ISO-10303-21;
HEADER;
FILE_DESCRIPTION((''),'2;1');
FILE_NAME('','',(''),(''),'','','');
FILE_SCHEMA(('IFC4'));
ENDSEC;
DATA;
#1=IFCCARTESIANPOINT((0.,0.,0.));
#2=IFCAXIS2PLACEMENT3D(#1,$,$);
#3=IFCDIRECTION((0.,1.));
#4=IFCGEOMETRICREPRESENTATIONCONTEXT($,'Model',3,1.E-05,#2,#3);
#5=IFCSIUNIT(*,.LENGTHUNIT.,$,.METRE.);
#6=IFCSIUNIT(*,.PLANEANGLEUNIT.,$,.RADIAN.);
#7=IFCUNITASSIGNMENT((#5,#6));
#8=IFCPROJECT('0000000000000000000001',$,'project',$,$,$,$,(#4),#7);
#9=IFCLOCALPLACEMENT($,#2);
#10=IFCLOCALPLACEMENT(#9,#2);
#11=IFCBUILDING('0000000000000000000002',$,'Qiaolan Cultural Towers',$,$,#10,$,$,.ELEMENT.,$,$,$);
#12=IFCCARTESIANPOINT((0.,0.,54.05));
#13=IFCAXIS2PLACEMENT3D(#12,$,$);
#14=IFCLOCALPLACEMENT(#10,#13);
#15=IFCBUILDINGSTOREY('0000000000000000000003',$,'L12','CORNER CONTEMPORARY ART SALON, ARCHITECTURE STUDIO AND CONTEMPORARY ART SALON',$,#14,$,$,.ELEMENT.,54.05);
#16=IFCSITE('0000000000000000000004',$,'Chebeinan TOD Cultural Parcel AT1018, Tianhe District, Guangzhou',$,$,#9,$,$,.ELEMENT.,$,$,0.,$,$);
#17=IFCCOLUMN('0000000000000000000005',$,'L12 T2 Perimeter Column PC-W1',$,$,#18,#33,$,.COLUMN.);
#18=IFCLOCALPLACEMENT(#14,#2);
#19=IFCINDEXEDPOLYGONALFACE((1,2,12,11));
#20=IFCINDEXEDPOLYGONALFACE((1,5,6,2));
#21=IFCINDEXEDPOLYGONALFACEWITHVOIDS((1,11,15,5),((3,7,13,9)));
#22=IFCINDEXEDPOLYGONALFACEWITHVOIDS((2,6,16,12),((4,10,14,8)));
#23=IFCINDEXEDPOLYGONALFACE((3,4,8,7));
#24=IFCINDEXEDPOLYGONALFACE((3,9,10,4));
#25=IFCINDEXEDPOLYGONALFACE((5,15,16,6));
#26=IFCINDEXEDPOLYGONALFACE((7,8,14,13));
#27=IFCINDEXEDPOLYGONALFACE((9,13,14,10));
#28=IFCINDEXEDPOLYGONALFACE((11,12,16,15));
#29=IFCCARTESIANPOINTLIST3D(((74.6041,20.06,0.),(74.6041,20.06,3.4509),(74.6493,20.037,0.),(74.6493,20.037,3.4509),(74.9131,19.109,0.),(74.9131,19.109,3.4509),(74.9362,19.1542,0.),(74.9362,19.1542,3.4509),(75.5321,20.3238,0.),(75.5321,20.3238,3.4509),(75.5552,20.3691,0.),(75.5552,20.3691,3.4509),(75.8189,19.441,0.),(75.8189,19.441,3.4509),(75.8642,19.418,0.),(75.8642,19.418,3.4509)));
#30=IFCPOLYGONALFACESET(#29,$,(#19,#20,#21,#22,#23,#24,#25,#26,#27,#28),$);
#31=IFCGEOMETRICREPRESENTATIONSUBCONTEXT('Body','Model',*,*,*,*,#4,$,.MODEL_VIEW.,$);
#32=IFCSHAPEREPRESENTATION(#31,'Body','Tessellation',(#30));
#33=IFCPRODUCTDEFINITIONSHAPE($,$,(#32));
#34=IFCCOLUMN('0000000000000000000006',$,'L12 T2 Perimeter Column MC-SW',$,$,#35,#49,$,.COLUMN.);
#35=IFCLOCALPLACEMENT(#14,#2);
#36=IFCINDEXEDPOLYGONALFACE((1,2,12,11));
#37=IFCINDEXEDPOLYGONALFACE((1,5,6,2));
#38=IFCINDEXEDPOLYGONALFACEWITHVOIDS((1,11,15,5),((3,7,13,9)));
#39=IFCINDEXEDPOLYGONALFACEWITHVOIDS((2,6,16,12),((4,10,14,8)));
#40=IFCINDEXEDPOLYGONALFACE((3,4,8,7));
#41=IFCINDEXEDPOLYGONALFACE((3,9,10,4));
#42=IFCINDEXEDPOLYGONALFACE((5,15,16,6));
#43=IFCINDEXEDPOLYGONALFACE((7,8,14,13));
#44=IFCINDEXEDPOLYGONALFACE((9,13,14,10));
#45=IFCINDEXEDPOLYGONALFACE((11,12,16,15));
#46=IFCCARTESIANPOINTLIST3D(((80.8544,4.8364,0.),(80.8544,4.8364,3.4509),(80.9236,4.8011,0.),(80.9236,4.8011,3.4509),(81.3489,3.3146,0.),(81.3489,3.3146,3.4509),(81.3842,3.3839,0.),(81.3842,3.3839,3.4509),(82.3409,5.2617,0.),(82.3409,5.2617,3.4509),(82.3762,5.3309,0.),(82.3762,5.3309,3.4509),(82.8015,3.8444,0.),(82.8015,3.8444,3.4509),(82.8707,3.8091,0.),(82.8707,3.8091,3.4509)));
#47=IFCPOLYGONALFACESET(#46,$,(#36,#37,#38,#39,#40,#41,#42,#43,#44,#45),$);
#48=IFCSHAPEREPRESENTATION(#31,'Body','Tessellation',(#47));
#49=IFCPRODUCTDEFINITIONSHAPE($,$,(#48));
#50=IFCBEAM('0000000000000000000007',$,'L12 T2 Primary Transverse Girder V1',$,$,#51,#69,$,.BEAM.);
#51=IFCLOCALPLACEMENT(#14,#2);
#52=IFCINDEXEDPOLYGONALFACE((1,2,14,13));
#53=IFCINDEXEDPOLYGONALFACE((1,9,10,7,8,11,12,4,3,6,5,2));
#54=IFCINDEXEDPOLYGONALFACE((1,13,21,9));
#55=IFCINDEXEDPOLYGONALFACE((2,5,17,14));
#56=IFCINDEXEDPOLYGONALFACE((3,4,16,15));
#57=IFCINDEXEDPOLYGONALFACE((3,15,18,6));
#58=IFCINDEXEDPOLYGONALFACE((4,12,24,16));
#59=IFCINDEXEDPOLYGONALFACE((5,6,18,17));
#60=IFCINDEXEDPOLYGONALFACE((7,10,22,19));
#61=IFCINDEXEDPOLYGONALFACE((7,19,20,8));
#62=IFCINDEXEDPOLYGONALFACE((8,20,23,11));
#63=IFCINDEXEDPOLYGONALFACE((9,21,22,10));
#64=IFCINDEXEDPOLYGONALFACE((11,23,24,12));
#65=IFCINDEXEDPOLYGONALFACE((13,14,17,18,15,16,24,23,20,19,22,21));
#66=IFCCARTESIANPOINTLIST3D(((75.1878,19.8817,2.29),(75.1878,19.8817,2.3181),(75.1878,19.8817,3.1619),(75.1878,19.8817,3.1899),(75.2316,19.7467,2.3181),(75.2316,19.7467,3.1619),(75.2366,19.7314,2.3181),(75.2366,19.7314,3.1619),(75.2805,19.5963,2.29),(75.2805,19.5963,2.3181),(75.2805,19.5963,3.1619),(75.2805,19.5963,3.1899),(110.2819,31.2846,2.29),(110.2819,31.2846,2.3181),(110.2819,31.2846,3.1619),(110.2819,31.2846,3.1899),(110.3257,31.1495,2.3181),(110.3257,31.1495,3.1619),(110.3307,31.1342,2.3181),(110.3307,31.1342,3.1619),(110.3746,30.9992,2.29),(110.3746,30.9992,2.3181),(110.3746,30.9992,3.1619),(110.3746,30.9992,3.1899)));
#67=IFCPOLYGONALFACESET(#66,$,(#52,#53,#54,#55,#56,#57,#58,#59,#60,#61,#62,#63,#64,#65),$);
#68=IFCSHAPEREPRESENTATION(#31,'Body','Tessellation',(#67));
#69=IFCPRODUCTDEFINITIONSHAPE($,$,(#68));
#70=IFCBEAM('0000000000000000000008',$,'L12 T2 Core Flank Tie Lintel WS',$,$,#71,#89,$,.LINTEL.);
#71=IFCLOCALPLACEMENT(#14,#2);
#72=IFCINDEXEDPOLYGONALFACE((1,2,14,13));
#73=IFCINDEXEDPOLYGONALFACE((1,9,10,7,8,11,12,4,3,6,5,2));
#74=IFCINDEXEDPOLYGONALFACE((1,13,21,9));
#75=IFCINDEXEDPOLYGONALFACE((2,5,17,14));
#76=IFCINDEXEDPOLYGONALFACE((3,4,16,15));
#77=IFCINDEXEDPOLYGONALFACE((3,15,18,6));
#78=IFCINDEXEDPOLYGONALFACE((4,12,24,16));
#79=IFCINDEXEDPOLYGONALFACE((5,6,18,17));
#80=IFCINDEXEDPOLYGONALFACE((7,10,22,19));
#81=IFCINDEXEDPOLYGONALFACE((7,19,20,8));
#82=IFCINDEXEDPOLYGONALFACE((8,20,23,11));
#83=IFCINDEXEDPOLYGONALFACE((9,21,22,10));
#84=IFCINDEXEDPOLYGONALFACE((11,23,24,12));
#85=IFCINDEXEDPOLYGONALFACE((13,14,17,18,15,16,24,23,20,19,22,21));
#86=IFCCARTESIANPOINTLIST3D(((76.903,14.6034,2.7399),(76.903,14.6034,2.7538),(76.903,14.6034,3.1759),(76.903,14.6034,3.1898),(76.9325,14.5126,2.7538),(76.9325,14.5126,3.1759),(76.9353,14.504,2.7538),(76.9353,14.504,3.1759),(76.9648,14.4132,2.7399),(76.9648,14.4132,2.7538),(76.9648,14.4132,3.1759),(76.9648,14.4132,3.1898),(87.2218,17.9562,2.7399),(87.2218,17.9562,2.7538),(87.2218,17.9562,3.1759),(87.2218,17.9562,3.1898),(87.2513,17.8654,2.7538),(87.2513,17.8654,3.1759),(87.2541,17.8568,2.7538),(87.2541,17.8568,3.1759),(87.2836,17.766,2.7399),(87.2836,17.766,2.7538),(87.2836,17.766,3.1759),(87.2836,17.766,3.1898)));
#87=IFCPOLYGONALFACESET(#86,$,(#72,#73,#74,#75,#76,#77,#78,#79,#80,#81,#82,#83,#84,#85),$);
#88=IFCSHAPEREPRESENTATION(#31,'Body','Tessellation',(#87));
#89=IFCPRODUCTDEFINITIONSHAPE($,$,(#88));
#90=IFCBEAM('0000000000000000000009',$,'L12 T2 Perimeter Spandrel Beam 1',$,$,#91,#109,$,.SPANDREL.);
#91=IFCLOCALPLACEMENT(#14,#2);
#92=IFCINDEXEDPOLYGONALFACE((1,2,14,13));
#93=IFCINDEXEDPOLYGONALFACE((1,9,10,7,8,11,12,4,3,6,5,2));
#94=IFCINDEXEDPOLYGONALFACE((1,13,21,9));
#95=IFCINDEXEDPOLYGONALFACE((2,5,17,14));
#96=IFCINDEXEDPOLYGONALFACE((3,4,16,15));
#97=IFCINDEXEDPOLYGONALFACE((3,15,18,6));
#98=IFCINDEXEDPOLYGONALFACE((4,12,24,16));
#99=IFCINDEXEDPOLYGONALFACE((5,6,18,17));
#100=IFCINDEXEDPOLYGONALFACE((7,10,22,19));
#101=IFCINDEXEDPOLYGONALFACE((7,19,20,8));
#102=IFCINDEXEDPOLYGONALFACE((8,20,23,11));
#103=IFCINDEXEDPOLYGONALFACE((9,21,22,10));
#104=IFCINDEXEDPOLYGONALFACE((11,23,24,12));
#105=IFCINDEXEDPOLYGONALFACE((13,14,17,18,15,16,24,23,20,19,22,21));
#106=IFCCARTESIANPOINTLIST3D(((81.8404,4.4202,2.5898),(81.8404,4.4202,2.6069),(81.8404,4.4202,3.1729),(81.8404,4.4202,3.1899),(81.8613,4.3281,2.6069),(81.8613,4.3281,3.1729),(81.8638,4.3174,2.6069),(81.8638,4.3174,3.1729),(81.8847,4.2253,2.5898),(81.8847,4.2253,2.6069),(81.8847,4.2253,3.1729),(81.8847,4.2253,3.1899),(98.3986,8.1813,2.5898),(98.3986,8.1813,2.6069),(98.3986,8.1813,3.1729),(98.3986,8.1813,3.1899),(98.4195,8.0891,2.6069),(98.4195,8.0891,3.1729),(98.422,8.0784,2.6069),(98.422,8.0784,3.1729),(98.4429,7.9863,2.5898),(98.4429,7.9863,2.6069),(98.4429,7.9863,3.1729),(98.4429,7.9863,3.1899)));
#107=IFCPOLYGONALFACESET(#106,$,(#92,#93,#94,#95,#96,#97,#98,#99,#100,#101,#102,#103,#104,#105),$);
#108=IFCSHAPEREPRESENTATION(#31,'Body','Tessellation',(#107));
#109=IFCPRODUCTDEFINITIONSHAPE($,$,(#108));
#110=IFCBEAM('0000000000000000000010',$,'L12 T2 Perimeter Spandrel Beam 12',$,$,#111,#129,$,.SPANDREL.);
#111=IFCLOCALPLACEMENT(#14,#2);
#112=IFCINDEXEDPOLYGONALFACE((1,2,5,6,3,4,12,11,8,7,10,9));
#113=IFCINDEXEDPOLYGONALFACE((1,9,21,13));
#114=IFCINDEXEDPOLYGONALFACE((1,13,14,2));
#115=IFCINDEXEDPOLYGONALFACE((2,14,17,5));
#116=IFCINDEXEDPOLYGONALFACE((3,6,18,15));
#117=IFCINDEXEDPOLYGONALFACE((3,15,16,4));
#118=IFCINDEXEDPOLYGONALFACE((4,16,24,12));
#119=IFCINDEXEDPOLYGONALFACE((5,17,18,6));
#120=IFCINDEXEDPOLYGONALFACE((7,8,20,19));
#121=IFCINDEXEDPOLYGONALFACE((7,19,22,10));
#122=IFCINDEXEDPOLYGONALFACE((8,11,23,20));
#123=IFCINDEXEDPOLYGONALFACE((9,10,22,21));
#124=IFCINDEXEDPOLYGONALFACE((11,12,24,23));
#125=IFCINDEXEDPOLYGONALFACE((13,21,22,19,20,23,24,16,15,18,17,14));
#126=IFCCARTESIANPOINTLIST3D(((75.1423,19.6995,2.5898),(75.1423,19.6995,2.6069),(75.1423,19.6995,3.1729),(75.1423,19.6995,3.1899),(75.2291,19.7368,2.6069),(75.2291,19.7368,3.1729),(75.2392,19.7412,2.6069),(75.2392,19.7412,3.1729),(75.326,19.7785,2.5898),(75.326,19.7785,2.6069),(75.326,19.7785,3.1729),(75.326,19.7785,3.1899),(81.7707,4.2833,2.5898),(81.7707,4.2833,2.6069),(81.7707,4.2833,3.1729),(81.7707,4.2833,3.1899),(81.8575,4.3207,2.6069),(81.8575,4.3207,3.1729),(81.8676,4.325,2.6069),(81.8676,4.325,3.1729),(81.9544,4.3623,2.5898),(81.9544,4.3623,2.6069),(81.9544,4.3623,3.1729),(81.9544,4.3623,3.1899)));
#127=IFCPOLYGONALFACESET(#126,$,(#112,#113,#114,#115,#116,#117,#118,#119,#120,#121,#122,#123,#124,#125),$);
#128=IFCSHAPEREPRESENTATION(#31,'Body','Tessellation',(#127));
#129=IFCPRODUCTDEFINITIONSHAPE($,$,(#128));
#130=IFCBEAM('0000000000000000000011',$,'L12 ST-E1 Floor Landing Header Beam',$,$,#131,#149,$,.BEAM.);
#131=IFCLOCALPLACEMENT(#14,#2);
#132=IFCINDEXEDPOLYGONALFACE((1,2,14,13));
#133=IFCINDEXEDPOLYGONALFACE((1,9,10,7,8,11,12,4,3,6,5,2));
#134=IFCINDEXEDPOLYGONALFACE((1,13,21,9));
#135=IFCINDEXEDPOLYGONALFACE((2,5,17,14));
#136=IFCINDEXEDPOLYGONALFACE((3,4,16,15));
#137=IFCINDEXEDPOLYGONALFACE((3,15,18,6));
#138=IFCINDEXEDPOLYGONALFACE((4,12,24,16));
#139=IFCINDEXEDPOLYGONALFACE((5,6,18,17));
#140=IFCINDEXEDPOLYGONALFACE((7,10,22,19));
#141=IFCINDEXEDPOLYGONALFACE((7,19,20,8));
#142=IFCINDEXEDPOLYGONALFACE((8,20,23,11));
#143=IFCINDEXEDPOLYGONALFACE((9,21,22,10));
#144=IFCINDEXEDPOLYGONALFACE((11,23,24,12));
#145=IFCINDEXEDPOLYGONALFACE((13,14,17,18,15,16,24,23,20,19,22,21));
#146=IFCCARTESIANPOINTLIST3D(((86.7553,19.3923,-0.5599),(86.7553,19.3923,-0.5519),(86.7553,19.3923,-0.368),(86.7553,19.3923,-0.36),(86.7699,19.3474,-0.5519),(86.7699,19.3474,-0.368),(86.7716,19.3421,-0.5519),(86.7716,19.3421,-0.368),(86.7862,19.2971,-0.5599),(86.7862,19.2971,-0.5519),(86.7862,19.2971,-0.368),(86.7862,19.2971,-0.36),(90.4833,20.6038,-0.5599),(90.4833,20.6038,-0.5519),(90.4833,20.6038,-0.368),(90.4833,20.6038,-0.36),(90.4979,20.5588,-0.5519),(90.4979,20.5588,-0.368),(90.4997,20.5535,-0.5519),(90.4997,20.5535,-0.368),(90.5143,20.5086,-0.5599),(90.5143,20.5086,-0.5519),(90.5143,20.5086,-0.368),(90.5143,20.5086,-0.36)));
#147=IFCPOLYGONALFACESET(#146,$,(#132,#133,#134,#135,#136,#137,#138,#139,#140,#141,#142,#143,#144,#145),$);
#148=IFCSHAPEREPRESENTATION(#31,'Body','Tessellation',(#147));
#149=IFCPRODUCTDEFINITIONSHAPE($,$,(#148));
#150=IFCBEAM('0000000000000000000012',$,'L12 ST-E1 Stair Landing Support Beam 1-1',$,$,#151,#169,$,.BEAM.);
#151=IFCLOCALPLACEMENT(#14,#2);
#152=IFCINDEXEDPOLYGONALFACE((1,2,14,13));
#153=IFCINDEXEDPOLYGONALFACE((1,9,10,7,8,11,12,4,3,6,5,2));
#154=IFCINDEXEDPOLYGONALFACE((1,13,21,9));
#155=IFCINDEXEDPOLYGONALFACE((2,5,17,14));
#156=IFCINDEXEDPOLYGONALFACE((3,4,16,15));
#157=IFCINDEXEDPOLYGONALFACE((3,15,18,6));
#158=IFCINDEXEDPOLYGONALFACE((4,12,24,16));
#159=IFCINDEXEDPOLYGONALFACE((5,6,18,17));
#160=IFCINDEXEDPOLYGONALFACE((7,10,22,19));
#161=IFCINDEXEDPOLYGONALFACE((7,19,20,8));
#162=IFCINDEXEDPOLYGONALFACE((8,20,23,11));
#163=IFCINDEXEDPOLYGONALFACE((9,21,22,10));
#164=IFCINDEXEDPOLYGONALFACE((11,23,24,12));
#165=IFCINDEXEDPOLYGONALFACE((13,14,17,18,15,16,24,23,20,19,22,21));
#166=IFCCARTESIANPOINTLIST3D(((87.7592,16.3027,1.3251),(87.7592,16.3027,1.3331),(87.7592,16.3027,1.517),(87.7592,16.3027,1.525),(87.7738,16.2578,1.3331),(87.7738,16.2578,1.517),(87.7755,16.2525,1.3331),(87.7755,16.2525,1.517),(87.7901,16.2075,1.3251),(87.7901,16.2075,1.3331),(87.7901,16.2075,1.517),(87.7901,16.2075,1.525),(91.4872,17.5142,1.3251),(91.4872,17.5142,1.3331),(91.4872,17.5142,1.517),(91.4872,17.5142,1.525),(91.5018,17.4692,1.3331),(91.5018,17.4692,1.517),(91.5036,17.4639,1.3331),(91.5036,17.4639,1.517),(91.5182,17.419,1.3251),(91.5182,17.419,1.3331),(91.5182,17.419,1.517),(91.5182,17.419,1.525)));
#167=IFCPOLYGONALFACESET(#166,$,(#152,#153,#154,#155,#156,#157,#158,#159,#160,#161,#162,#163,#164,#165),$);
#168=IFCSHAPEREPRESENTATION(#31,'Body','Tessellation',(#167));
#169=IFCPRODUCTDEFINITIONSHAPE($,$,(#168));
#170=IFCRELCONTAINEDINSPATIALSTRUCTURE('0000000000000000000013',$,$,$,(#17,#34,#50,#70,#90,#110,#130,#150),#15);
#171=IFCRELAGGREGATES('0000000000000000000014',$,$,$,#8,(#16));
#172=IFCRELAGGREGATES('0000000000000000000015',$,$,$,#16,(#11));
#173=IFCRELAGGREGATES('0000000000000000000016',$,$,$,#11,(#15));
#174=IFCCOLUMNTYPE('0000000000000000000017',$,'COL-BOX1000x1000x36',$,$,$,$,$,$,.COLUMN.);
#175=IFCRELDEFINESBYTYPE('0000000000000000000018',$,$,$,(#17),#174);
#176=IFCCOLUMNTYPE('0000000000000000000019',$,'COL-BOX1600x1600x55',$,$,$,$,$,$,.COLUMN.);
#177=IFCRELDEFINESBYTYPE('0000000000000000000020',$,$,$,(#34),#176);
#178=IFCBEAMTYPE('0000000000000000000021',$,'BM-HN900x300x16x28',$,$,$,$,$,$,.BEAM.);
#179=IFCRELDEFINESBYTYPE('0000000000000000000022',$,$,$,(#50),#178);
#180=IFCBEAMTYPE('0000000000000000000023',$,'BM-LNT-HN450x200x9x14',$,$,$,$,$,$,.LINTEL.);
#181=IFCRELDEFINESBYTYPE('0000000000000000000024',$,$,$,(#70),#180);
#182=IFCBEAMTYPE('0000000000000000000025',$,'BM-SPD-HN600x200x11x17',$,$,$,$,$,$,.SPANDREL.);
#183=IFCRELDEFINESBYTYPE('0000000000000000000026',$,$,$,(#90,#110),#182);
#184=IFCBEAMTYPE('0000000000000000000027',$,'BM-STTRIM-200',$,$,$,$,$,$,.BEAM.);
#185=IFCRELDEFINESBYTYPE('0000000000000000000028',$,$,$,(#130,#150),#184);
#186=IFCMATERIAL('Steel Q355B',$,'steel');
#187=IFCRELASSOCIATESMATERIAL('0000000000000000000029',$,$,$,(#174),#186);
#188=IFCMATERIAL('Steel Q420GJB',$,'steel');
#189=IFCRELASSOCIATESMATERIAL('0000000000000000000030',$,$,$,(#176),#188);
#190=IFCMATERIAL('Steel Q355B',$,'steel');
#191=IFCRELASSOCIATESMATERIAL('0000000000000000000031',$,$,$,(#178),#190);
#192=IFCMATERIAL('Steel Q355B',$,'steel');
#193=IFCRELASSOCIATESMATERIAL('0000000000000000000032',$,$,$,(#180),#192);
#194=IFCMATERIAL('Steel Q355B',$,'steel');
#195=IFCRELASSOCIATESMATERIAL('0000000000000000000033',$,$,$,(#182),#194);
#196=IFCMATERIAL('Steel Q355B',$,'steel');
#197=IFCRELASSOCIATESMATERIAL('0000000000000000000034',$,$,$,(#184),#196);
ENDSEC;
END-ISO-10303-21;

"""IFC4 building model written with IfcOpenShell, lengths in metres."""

from ifc_helpers import new_model, si_unit, direction, frame, origin, origin_2d, place, context, subcontext, project, spatial, hollow_rectangle, i_section, extrude, material, material_profile, profile_set, type_object, element, save


model = new_model("IFC4")

# Units and contexts
model_context = context("Model", 3, precision=1e-05, world=origin(), true_north=direction((0.0, 1.0)))
body_context = subcontext(model_context, "Body", "Model", "MODEL_VIEW")
ifc_project = project(units=[si_unit("LENGTHUNIT", "METRE"), si_unit("PLANEANGLEUNIT", "RADIAN")], contexts=[model_context])

# Site, building, storey
site_placement = place(None, origin())
site = spatial("IfcSite", under=ifc_project, at=site_placement, Name="Chebeinan TOD Cultural Parcel AT1018, Tianhe District, Guangzhou", CompositionType="ELEMENT", RefElevation=0.0)
building_placement = place(site_placement, origin())
building = spatial("IfcBuilding", under=site, at=building_placement, Name="Qiaolan Cultural Towers", CompositionType="ELEMENT")
storey_placement = place(building_placement, frame((0.0, 0.0, 54.05)))
storey = spatial("IfcBuildingStorey", under=building, at=storey_placement, Name="L12", Description="CORNER CONTEMPORARY ART SALON, ARCHITECTURE STUDIO AND CONTEMPORARY ART SALON", CompositionType="ELEMENT", Elevation=54.05)

# Columns
ifc_material_1 = material(Name="Steel Q355B", Category="steel")
ifc_material_profile_1 = material_profile(ifc_material_1, hollow_rectangle(XDim=1.0, YDim=1.0, WallThickness=0.0359, at=origin_2d()), Name="BOX1000x1000x36")
ifc_profile_set_1 = profile_set([ifc_material_profile_1], Name="Steel Q355B")
column_type_1 = type_object("IfcColumnType", Name="COL-BOX1000x1000x36", PredefinedType="COLUMN", material=ifc_profile_set_1)
column_1_placement = place(storey_placement, frame((75.2341, 19.739, 0.0), z_axis=(0.0, 0.0, 1.0), x_axis=(0.951057, 0.309017, 0.0)))
element("IfcColumn", 1, at=column_1_placement, inside=storey, type_object=column_type_1, Name="L12 T2 Perimeter Column PC-W1", PredefinedType="COLUMN", context=body_context, shape_type="SweptSolid", body=[
    extrude(hollow_rectangle(XDim=1.0, YDim=1.0, WallThickness=0.0359, at=origin_2d()), origin(), (0.0, 0.0, 1.0), 3.4509),
])
ifc_material_2 = material(Name="Steel Q420GJB", Category="steel")
ifc_material_profile_2 = material_profile(ifc_material_2, hollow_rectangle(XDim=1.6001, YDim=1.6001, WallThickness=0.0549, at=origin_2d()), Name="BOX1600x1600x55")
ifc_profile_set_2 = profile_set([ifc_material_profile_2], Name="Steel Q420GJB")
column_type_2 = type_object("IfcColumnType", Name="COL-BOX1600x1600x55", PredefinedType="COLUMN", material=ifc_profile_set_2)
column_2_placement = place(storey_placement, frame((81.8625, 4.3228, 0.0), z_axis=(0.0, 0.0, 1.0), x_axis=(0.951057, 0.309017, 0.0)))
element("IfcColumn", 2, at=column_2_placement, inside=storey, type_object=column_type_2, Name="L12 T2 Perimeter Column MC-SW", PredefinedType="COLUMN", context=body_context, shape_type="SweptSolid", body=[
    extrude(hollow_rectangle(XDim=1.6001, YDim=1.6001, WallThickness=0.0549, at=origin_2d()), origin(), (0.0, 0.0, 1.0), 3.4509),
])

# Beams
ifc_material_3 = material(Name="Steel Q355B", Category="steel")
ifc_material_profile_3 = material_profile(ifc_material_3, i_section(OverallWidth=0.3, OverallDepth=0.8999, WebThickness=0.0161, FlangeThickness=0.0281, at=origin_2d()), Name="HN900x300x16x28")
ifc_profile_set_3 = profile_set([ifc_material_profile_3], Name="Steel Q355B")
beam_type_1 = type_object("IfcBeamType", Name="BM-HN900x300x16x28", PredefinedType="BEAM", material=ifc_profile_set_3)
beam_1_placement = place(storey_placement, frame((75.2341, 19.739, 2.74), z_axis=(0.951056, 0.309019, 0.0), x_axis=(-0.309019, 0.951056, 0.0)))
element("IfcBeam", 3, at=beam_1_placement, inside=storey, type_object=beam_type_1, Name="L12 T2 Primary Transverse Girder V1", PredefinedType="BEAM", context=body_context, shape_type="SweptSolid", body=[
    extrude(i_section(OverallWidth=0.3, OverallDepth=0.8999, WebThickness=0.0161, FlangeThickness=0.0281, at=origin_2d()), origin(), (0.0, 0.0, 1.0), 36.9001),
])
ifc_material_4 = material(Name="Steel Q355B", Category="steel")
ifc_material_profile_4 = material_profile(ifc_material_4, i_section(OverallWidth=0.2, OverallDepth=0.45, WebThickness=0.009, FlangeThickness=0.0139, at=origin_2d()), Name="HN450x200x9x14")
ifc_profile_set_4 = profile_set([ifc_material_profile_4], Name="Steel Q355B")
beam_type_2 = type_object("IfcBeamType", Name="BM-LNT-HN450x200x9x14", PredefinedType="LINTEL", material=ifc_profile_set_4)
beam_2_placement = place(storey_placement, frame((87.2527, 17.8611, 2.9648), z_axis=(-0.951057, -0.309016, 0.0), x_axis=(0.309016, -0.951057, 0.0)))
element("IfcBeam", 4, at=beam_2_placement, inside=storey, type_object=beam_type_2, Name="L12 T2 Core Flank Tie Lintel WS", PredefinedType="LINTEL", context=body_context, shape_type="SweptSolid", body=[
    extrude(i_section(OverallWidth=0.2, OverallDepth=0.45, WebThickness=0.009, FlangeThickness=0.0139, at=origin_2d()), origin(), (0.0, 0.0, 1.0), 10.8499),
])
ifc_material_5 = material(Name="Steel Q355B", Category="steel")
ifc_material_profile_5 = material_profile(ifc_material_5, i_section(OverallWidth=0.2, OverallDepth=0.6001, WebThickness=0.011, FlangeThickness=0.0171, at=origin_2d()), Name="HN600x200x11x17")
ifc_profile_set_5 = profile_set([ifc_material_profile_5], Name="Steel Q355B")
beam_type_3 = type_object("IfcBeamType", Name="BM-SPD-HN600x200x11x17", PredefinedType="SPANDREL", material=ifc_profile_set_5)
beam_3_placement = place(storey_placement, frame((81.8625, 4.3228, 2.8899), z_axis=(0.975161, 0.221497, 0.0), x_axis=(-0.221497, 0.975161, 0.0)))
element("IfcBeam", 5, at=beam_3_placement, inside=storey, type_object=beam_type_3, Name="L12 T2 Perimeter Spandrel Beam 1", PredefinedType="SPANDREL", context=body_context, shape_type="SweptSolid", body=[
    extrude(i_section(OverallWidth=0.2, OverallDepth=0.6001, WebThickness=0.011, FlangeThickness=0.0171, at=origin_2d()), origin(), (0.0, 0.0, 1.0), 16.98),
])
beam_4_placement = place(storey_placement, frame((75.2341, 19.739, 2.8899), z_axis=(0.394999, -0.918682, 0.0), x_axis=(0.918682, 0.394999, 0.0)))
element("IfcBeam", 6, at=beam_4_placement, inside=storey, type_object=beam_type_3, Name="L12 T2 Perimeter Spandrel Beam 12", PredefinedType="SPANDREL", context=body_context, shape_type="SweptSolid", body=[
    extrude(i_section(OverallWidth=0.2, OverallDepth=0.6001, WebThickness=0.011, FlangeThickness=0.0171, at=origin_2d()), origin(), (0.0, 0.0, 1.0), 16.7808),
])
ifc_material_6 = material(Name="Steel Q355B", Category="steel")
ifc_material_profile_6 = material_profile(ifc_material_6, i_section(OverallWidth=0.1001, OverallDepth=0.2, WebThickness=0.0056, FlangeThickness=0.0081, at=origin_2d()), Name="HN200x100x5.5x8")
ifc_profile_set_6 = profile_set([ifc_material_profile_6], Name="Steel Q355B")
beam_type_4 = type_object("IfcBeamType", Name="BM-STTRIM-200", PredefinedType="BEAM", material=ifc_profile_set_6)
for number, where, z_axis, x_axis, name in (
    (7, (86.7708, 19.3447, -0.46), (0.951048, 0.309044, 0.0), (-0.309044, 0.951048, 0.0), "L12 ST-E1 Floor Landing Header Beam"),
    (8, (87.7747, 16.2551, 1.425), (0.951048, 0.309044, 0.0), (-0.309044, 0.951048, 0.0), "L12 ST-E1 Stair Landing Support Beam 1-1"),
):
    element("IfcBeam", number, at=place(storey_placement, frame(where, z_axis=z_axis, x_axis=x_axis)), inside=storey, type_object=beam_type_4, Name=name, PredefinedType="BEAM", context=body_context, shape_type="SweptSolid", body=[
        extrude(i_section(OverallWidth=0.1001, OverallDepth=0.2, WebThickness=0.0056, FlangeThickness=0.0081, at=origin_2d()), origin(), (0.0, 0.0, 1.0), 3.9199),
    ])

save(model, "model.ifc")
